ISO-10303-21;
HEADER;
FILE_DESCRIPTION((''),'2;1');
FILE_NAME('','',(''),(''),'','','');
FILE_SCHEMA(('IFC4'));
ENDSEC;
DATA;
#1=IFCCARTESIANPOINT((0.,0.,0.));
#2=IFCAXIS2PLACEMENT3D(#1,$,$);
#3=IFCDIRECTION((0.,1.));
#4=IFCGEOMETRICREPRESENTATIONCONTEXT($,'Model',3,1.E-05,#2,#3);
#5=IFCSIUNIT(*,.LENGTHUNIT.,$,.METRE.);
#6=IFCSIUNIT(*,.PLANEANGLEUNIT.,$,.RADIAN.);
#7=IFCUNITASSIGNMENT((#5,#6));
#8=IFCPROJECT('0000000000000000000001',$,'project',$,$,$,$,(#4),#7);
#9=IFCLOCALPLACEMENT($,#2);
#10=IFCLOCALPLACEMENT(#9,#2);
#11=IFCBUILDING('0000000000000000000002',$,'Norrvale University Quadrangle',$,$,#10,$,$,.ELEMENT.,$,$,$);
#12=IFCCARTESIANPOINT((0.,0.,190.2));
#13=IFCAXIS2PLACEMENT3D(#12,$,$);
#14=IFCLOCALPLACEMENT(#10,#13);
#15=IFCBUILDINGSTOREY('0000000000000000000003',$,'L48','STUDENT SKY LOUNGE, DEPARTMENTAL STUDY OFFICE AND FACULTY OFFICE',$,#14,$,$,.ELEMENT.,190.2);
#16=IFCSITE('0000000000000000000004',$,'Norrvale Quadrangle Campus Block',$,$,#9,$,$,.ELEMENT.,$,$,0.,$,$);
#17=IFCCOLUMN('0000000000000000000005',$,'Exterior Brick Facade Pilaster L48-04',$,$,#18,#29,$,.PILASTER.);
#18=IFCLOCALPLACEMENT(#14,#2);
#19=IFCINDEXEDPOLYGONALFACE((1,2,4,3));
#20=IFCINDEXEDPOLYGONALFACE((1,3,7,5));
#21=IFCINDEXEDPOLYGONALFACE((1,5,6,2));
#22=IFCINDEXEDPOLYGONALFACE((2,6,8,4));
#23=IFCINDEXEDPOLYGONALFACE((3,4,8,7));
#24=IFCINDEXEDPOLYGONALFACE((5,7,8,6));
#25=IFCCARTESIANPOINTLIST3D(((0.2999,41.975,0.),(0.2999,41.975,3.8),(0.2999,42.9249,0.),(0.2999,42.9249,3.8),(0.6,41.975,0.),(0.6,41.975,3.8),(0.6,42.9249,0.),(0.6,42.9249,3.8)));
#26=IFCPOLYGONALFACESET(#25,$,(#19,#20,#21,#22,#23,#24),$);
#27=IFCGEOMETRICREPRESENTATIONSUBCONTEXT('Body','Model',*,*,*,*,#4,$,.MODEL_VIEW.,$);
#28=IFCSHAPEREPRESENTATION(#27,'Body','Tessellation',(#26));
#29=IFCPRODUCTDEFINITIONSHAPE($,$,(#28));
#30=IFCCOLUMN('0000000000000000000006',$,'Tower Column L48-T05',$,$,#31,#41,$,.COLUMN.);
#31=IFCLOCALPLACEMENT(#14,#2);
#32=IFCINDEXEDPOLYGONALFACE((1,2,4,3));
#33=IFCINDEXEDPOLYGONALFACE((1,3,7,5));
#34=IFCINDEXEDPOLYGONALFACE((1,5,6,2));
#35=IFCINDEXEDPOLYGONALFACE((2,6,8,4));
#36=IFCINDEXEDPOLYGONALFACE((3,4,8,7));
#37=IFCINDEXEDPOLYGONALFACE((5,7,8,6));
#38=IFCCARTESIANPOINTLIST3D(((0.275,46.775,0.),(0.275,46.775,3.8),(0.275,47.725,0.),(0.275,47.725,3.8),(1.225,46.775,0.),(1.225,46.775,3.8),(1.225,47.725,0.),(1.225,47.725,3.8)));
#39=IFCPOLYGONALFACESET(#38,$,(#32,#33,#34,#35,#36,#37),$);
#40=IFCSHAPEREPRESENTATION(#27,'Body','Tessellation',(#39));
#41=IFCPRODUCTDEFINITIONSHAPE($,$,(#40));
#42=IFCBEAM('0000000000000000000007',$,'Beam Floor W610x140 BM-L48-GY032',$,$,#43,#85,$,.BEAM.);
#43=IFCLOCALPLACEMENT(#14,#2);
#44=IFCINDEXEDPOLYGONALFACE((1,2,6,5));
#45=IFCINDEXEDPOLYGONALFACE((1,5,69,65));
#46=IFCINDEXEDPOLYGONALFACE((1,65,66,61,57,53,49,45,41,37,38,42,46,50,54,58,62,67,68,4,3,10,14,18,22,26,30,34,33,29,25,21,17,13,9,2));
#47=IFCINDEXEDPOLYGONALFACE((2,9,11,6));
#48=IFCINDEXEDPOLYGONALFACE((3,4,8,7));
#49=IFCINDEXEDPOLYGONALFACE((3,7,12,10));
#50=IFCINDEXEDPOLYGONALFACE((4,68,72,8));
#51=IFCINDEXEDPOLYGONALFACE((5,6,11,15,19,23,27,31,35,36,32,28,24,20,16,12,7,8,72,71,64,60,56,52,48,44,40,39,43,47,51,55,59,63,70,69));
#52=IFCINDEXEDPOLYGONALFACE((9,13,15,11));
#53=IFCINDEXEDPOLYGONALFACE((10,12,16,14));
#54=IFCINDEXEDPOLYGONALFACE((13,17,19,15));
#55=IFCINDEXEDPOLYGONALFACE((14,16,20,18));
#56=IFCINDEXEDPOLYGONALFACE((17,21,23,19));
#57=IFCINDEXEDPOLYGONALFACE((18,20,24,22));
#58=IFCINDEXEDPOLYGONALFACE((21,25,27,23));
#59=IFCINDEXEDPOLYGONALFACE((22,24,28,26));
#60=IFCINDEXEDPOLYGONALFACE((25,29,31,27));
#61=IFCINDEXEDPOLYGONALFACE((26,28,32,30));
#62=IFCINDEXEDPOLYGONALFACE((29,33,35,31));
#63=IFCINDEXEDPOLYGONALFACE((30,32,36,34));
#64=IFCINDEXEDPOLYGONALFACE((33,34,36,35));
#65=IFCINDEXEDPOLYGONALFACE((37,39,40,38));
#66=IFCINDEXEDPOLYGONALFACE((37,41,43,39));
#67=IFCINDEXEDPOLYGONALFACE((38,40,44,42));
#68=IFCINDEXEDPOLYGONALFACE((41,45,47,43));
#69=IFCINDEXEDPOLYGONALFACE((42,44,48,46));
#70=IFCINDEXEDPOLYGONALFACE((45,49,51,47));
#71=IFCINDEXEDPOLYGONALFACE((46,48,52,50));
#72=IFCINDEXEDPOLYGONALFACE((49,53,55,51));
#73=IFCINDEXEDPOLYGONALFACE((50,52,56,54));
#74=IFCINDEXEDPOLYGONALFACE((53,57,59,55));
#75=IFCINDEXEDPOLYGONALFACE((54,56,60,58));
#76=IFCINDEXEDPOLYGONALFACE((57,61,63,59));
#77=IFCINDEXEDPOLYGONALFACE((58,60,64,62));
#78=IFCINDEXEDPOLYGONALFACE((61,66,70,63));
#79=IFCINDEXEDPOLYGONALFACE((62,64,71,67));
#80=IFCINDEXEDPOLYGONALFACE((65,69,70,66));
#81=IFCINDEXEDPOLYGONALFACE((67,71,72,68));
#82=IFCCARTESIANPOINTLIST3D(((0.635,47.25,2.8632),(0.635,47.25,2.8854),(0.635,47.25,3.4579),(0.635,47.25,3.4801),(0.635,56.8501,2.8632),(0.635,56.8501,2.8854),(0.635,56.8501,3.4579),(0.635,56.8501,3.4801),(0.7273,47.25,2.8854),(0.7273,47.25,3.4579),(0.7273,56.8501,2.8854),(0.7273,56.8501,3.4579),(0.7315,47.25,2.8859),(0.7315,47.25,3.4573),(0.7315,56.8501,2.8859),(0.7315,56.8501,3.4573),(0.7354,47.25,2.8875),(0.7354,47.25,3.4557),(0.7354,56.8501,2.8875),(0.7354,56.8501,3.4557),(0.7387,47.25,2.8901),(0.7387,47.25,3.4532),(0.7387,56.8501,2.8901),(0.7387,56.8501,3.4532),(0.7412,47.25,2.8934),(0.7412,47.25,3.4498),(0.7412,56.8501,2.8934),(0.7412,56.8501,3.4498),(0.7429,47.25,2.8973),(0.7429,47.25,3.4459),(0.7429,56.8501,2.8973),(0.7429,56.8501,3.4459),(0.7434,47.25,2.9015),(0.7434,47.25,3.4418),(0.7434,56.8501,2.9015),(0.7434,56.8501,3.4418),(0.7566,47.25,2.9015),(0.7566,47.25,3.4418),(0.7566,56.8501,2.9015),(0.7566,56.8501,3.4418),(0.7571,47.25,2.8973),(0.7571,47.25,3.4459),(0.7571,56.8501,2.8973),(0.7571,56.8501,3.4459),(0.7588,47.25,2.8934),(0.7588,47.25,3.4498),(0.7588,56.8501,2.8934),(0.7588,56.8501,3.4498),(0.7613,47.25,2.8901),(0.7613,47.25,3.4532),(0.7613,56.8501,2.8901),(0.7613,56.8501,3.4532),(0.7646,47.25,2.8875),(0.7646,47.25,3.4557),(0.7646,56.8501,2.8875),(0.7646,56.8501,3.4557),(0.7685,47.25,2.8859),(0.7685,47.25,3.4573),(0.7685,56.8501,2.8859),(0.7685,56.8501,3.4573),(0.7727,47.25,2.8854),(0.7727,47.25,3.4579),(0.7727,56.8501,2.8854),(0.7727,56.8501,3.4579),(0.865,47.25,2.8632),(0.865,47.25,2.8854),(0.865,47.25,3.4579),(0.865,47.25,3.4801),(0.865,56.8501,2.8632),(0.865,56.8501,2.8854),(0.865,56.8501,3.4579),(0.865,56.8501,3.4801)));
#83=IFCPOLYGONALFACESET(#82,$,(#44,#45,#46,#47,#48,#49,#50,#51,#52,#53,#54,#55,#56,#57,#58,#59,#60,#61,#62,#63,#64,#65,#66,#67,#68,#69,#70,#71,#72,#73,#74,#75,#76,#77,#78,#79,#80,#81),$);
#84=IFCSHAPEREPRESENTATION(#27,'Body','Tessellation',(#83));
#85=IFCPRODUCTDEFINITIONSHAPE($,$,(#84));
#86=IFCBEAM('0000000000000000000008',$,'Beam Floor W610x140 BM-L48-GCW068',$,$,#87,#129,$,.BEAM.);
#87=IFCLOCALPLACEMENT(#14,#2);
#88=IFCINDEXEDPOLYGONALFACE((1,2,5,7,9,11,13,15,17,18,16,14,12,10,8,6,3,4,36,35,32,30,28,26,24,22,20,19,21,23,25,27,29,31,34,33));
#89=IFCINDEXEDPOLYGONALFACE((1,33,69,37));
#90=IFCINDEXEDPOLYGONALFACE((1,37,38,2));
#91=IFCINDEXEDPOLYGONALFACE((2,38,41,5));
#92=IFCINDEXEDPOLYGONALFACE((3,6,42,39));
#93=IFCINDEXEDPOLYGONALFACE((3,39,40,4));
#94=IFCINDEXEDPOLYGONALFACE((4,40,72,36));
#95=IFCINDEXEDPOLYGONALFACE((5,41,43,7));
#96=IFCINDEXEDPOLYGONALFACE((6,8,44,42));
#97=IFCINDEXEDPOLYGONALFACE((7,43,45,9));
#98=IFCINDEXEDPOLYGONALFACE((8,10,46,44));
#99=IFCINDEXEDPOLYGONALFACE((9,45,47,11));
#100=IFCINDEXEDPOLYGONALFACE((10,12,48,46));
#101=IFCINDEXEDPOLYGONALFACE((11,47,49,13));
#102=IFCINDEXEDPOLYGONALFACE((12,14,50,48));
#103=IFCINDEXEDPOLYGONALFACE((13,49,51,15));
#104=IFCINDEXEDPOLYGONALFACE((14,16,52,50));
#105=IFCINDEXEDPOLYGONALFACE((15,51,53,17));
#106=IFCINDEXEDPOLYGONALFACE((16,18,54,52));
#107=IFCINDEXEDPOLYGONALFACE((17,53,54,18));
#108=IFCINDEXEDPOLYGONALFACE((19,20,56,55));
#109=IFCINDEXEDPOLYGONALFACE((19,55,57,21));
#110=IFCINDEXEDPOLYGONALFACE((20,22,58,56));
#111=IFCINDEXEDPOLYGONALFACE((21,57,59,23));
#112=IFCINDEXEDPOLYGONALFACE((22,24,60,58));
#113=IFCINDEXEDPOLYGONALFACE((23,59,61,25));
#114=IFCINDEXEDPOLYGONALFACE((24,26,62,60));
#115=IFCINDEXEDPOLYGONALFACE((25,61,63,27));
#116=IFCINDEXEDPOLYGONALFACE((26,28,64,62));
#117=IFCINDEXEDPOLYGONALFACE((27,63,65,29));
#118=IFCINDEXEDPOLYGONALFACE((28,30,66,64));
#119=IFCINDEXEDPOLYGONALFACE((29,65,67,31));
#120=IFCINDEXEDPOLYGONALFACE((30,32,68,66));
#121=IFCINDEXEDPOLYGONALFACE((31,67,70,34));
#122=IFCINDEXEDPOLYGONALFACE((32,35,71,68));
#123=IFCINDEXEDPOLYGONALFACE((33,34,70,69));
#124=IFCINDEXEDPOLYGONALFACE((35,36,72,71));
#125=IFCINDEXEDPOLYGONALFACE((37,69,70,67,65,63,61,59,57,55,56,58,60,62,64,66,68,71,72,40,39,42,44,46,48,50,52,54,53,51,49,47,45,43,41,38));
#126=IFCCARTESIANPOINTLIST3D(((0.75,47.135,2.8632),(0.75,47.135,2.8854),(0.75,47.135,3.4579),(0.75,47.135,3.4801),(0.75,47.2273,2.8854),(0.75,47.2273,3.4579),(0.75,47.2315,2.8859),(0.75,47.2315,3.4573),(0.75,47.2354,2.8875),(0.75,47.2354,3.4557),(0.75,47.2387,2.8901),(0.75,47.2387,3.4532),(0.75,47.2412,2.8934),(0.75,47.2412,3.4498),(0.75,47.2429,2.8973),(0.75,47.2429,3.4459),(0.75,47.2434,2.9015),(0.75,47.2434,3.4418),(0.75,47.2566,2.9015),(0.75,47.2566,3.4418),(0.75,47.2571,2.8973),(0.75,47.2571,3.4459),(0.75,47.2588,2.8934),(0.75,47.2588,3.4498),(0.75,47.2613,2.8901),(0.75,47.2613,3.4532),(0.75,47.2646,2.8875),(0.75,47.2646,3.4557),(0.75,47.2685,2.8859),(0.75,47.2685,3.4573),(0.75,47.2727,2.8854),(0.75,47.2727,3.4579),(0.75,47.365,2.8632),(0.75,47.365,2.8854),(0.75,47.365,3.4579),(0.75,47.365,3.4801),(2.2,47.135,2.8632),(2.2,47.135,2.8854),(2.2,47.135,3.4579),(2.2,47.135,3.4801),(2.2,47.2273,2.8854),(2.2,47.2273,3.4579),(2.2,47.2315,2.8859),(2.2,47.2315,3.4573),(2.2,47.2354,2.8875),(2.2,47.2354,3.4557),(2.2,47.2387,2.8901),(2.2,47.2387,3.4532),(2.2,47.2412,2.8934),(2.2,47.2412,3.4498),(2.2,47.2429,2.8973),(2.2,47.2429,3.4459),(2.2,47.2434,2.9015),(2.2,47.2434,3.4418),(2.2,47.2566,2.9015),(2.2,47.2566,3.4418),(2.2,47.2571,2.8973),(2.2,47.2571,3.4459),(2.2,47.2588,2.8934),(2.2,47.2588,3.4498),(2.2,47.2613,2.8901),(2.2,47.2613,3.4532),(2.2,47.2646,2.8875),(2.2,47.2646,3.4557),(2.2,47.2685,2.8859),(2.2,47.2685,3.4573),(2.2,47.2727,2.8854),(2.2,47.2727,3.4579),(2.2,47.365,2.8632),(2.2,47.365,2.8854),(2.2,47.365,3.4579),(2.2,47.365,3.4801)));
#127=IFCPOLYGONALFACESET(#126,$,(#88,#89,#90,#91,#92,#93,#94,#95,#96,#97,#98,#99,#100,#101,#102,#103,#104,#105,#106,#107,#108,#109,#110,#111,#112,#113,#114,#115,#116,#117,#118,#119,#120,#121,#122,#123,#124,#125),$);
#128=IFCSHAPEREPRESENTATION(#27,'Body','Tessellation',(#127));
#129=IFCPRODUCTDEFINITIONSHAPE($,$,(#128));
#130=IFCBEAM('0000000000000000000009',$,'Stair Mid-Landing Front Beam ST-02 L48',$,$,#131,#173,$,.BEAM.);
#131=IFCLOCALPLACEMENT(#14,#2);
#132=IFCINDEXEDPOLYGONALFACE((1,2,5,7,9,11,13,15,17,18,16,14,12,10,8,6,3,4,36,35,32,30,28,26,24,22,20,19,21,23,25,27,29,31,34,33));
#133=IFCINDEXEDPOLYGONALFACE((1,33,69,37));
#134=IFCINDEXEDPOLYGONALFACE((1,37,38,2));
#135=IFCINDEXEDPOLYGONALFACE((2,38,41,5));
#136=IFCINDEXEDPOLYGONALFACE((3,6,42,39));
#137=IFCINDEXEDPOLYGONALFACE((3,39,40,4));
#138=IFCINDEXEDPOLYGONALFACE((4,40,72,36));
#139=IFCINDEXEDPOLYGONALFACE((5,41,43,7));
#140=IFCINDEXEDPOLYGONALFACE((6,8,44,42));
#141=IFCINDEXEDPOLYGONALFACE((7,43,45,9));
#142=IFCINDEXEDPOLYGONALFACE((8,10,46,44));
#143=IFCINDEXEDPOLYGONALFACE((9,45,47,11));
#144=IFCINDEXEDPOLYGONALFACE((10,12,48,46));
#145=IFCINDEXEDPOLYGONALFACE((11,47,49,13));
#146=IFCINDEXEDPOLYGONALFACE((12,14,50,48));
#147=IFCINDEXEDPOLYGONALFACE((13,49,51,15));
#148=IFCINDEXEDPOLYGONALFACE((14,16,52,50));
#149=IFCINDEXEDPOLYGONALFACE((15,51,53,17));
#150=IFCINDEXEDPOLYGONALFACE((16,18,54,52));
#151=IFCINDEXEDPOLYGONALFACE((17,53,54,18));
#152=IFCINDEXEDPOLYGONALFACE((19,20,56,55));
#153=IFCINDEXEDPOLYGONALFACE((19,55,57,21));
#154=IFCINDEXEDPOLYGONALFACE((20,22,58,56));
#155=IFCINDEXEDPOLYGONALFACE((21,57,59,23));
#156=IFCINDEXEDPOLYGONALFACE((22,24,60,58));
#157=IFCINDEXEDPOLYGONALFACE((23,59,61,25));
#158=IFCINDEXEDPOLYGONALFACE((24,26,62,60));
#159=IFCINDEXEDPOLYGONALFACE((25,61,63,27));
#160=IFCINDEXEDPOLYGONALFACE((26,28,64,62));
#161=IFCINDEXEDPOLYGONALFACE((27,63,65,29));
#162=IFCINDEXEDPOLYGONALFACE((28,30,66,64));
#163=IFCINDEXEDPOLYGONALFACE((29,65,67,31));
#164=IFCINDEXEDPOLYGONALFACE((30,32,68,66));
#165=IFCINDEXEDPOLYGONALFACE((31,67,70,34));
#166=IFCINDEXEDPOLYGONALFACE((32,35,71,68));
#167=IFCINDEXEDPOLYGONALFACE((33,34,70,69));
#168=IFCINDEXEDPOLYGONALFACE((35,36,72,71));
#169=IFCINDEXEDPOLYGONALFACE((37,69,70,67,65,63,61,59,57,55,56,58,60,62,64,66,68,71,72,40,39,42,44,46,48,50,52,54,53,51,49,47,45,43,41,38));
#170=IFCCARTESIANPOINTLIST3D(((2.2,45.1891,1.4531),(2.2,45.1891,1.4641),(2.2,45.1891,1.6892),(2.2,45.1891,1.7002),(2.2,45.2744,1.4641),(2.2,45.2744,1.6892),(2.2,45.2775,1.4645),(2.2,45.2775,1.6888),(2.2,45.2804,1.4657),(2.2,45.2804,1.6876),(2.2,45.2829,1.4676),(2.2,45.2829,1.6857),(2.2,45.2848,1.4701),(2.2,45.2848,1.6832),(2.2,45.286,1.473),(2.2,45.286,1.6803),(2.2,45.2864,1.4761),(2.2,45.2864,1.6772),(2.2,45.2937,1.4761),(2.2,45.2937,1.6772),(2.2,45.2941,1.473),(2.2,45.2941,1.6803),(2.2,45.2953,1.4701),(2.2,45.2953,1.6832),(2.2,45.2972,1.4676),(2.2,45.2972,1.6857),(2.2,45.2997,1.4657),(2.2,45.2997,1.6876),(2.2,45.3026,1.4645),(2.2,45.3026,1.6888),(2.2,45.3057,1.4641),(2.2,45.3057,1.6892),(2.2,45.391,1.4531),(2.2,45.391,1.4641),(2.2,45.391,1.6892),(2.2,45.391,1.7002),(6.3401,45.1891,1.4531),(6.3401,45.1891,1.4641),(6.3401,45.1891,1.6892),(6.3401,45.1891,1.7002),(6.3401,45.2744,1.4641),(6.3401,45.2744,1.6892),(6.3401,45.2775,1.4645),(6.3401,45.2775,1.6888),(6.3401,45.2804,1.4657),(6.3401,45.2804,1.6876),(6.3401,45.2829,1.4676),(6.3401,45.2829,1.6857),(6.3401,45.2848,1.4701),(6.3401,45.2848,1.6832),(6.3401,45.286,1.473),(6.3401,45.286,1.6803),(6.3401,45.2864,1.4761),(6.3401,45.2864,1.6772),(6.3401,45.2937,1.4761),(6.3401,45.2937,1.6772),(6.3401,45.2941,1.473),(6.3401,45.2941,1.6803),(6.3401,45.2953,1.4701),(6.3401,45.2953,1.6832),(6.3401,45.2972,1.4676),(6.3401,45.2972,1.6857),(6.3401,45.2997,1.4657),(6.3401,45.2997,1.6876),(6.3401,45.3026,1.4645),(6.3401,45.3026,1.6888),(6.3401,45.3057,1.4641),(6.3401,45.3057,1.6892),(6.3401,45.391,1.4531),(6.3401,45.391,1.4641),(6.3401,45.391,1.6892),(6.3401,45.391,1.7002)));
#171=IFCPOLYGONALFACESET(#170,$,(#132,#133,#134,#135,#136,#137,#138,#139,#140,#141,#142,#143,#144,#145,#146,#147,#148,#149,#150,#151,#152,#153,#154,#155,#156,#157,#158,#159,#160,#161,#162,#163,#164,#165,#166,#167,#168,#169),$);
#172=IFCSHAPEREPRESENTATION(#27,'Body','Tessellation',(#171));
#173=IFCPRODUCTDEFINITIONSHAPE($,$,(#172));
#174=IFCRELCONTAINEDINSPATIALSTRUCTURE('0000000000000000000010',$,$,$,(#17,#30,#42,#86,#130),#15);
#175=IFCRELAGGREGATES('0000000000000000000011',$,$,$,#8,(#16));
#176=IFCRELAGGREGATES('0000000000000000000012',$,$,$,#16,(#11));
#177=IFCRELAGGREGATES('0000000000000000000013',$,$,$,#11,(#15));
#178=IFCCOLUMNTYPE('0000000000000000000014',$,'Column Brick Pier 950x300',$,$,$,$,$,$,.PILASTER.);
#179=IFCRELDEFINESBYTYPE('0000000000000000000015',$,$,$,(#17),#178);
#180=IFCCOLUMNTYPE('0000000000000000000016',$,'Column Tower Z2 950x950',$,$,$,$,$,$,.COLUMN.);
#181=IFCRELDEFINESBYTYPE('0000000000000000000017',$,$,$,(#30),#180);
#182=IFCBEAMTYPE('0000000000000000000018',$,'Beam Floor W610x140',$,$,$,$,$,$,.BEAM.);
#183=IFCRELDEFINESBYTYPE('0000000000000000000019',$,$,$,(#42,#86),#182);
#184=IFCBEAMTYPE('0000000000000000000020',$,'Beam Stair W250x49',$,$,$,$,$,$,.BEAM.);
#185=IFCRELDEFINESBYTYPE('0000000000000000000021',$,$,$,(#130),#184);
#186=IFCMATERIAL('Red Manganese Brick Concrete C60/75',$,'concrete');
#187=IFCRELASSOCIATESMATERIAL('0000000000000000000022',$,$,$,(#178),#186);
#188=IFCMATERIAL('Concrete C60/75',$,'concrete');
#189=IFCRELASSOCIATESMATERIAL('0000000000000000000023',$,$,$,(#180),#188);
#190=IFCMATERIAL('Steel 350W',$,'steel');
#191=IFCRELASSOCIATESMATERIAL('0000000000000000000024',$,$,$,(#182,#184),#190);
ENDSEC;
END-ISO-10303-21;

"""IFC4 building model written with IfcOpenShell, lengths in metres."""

from ifc_helpers import new_model, si_unit, direction, frame, origin, origin_2d, place, context, subcontext, project, spatial, rectangle, i_section, extrude, material, material_profile, profile_set, type_object, element, save


model = new_model("IFC4")

# Units and contexts
model_context = context("Model", 3, precision=1e-05, world=origin(), true_north=direction((0.0, 1.0)))
body_context = subcontext(model_context, "Body", "Model", "MODEL_VIEW")
ifc_project = project(units=[si_unit("LENGTHUNIT", "METRE"), si_unit("PLANEANGLEUNIT", "RADIAN")], contexts=[model_context])

# Site, building, storey
site_placement = place(None, origin())
site = spatial("IfcSite", under=ifc_project, at=site_placement, Name="Norrvale Quadrangle Campus Block", CompositionType="ELEMENT", RefElevation=0.0)
building_placement = place(site_placement, origin())
building = spatial("IfcBuilding", under=site, at=building_placement, Name="Norrvale University Quadrangle", CompositionType="ELEMENT")
storey_placement = place(building_placement, frame((0.0, 0.0, 190.2)))
storey = spatial("IfcBuildingStorey", under=building, at=storey_placement, Name="L48", Description="STUDENT SKY LOUNGE, DEPARTMENTAL STUDY OFFICE AND FACULTY OFFICE", CompositionType="ELEMENT", Elevation=190.2)

# Columns
ifc_material_1 = material(Name="Red Manganese Brick Concrete C60/75", Category="concrete")
ifc_material_profile_1 = material_profile(ifc_material_1, rectangle(XDim=0.95, YDim=0.3, at=origin_2d()), Name="Red Manganese Brick Concrete C60/75")
ifc_profile_set_1 = profile_set([ifc_material_profile_1], Name="Red Manganese Brick Concrete C60/75")
column_type_1 = type_object("IfcColumnType", Name="Column Brick Pier 950x300", PredefinedType="PILASTER", material=ifc_profile_set_1)
column_1_placement = place(storey_placement, frame((0.45, 42.45, 0.0), z_axis=(0.0, 0.0, 1.0), x_axis=(0.0, 1.0, 0.0)))
element("IfcColumn", 1, at=column_1_placement, inside=storey, type_object=column_type_1, Name="Exterior Brick Facade Pilaster L48-04", PredefinedType="PILASTER", context=body_context, shape_type="SweptSolid", body=[
    extrude(rectangle(XDim=0.95, YDim=0.3, at=origin_2d()), origin(), (0.0, 0.0, 1.0), 3.8),
])
ifc_material_2 = material(Name="Concrete C60/75", Category="concrete")
ifc_material_profile_2 = material_profile(ifc_material_2, rectangle(XDim=0.95, YDim=0.95, at=origin_2d()), Name="Concrete C60/75")
ifc_profile_set_2 = profile_set([ifc_material_profile_2], Name="Concrete C60/75")
column_type_2 = type_object("IfcColumnType", Name="Column Tower Z2 950x950", PredefinedType="COLUMN", material=ifc_profile_set_2)
column_2_placement = place(storey_placement, frame((0.75, 47.25, 0.0), z_axis=(0.0, 0.0, 1.0), x_axis=(1.0, 0.0, 0.0)))
element("IfcColumn", 2, at=column_2_placement, inside=storey, type_object=column_type_2, Name="Tower Column L48-T05", PredefinedType="COLUMN", context=body_context, shape_type="SweptSolid", body=[
    extrude(rectangle(XDim=0.95, YDim=0.95, at=origin_2d()), origin(), (0.0, 0.0, 1.0), 3.8),
])

# Beams
ifc_material_3 = material(Name="Steel 350W", Category="steel")
ifc_material_profile_3 = material_profile(ifc_material_3, i_section(OverallWidth=0.23, OverallDepth=0.6169, WebThickness=0.0132, FlangeThickness=0.0222, FilletRadius=0.0161, at=origin_2d()), Name="Steel 350W")
ifc_profile_set_3 = profile_set([ifc_material_profile_3], Name="Steel 350W")
beam_type_1 = type_object("IfcBeamType", Name="Beam Floor W610x140", PredefinedType="BEAM", material=ifc_profile_set_3)
beam_1_placement = place(storey_placement, frame((0.75, 47.25, 3.1716), z_axis=(0.0, 1.0, 0.0), x_axis=(-1.0, 0.0, 0.0)))
element("IfcBeam", 3, at=beam_1_placement, inside=storey, type_object=beam_type_1, Name="Beam Floor W610x140 BM-L48-GY032", PredefinedType="BEAM", context=body_context, shape_type="SweptSolid", body=[
    extrude(i_section(OverallWidth=0.23, OverallDepth=0.6169, WebThickness=0.0132, FlangeThickness=0.0222, FilletRadius=0.0161, at=origin_2d()), origin(), (0.0, 0.0, 1.0), 9.6001),
])
beam_2_placement = place(storey_placement, frame((0.75, 47.25, 3.1716), z_axis=(1.0, 0.0, 0.0), x_axis=(0.0, 1.0, 0.0)))
element("IfcBeam", 4, at=beam_2_placement, inside=storey, type_object=beam_type_1, Name="Beam Floor W610x140 BM-L48-GCW068", PredefinedType="BEAM", context=body_context, shape_type="SweptSolid", body=[
    extrude(i_section(OverallWidth=0.23, OverallDepth=0.6169, WebThickness=0.0132, FlangeThickness=0.0222, FilletRadius=0.0161, at=origin_2d()), origin(), (0.0, 0.0, 1.0), 1.45),
])
ifc_material_profile_4 = material_profile(ifc_material_3, i_section(OverallWidth=0.2019, OverallDepth=0.2471, WebThickness=0.0073, FlangeThickness=0.011, FilletRadius=0.012, at=origin_2d()), Name="Steel 350W")
ifc_profile_set_4 = profile_set([ifc_material_profile_4], Name="Steel 350W")
beam_type_2 = type_object("IfcBeamType", Name="Beam Stair W250x49", PredefinedType="BEAM", material=ifc_profile_set_4)
beam_3_placement = place(storey_placement, frame((2.2, 45.29, 1.5767), z_axis=(1.0, 0.0, 0.0), x_axis=(0.0, 1.0, 0.0)))
element("IfcBeam", 5, at=beam_3_placement, inside=storey, type_object=beam_type_2, Name="Stair Mid-Landing Front Beam ST-02 L48", PredefinedType="BEAM", context=body_context, shape_type="SweptSolid", body=[
    extrude(i_section(OverallWidth=0.2019, OverallDepth=0.2471, WebThickness=0.0073, FlangeThickness=0.011, FilletRadius=0.012, at=origin_2d()), origin(), (0.0, 0.0, 1.0), 4.1401),
])

save(model, "model.ifc")
